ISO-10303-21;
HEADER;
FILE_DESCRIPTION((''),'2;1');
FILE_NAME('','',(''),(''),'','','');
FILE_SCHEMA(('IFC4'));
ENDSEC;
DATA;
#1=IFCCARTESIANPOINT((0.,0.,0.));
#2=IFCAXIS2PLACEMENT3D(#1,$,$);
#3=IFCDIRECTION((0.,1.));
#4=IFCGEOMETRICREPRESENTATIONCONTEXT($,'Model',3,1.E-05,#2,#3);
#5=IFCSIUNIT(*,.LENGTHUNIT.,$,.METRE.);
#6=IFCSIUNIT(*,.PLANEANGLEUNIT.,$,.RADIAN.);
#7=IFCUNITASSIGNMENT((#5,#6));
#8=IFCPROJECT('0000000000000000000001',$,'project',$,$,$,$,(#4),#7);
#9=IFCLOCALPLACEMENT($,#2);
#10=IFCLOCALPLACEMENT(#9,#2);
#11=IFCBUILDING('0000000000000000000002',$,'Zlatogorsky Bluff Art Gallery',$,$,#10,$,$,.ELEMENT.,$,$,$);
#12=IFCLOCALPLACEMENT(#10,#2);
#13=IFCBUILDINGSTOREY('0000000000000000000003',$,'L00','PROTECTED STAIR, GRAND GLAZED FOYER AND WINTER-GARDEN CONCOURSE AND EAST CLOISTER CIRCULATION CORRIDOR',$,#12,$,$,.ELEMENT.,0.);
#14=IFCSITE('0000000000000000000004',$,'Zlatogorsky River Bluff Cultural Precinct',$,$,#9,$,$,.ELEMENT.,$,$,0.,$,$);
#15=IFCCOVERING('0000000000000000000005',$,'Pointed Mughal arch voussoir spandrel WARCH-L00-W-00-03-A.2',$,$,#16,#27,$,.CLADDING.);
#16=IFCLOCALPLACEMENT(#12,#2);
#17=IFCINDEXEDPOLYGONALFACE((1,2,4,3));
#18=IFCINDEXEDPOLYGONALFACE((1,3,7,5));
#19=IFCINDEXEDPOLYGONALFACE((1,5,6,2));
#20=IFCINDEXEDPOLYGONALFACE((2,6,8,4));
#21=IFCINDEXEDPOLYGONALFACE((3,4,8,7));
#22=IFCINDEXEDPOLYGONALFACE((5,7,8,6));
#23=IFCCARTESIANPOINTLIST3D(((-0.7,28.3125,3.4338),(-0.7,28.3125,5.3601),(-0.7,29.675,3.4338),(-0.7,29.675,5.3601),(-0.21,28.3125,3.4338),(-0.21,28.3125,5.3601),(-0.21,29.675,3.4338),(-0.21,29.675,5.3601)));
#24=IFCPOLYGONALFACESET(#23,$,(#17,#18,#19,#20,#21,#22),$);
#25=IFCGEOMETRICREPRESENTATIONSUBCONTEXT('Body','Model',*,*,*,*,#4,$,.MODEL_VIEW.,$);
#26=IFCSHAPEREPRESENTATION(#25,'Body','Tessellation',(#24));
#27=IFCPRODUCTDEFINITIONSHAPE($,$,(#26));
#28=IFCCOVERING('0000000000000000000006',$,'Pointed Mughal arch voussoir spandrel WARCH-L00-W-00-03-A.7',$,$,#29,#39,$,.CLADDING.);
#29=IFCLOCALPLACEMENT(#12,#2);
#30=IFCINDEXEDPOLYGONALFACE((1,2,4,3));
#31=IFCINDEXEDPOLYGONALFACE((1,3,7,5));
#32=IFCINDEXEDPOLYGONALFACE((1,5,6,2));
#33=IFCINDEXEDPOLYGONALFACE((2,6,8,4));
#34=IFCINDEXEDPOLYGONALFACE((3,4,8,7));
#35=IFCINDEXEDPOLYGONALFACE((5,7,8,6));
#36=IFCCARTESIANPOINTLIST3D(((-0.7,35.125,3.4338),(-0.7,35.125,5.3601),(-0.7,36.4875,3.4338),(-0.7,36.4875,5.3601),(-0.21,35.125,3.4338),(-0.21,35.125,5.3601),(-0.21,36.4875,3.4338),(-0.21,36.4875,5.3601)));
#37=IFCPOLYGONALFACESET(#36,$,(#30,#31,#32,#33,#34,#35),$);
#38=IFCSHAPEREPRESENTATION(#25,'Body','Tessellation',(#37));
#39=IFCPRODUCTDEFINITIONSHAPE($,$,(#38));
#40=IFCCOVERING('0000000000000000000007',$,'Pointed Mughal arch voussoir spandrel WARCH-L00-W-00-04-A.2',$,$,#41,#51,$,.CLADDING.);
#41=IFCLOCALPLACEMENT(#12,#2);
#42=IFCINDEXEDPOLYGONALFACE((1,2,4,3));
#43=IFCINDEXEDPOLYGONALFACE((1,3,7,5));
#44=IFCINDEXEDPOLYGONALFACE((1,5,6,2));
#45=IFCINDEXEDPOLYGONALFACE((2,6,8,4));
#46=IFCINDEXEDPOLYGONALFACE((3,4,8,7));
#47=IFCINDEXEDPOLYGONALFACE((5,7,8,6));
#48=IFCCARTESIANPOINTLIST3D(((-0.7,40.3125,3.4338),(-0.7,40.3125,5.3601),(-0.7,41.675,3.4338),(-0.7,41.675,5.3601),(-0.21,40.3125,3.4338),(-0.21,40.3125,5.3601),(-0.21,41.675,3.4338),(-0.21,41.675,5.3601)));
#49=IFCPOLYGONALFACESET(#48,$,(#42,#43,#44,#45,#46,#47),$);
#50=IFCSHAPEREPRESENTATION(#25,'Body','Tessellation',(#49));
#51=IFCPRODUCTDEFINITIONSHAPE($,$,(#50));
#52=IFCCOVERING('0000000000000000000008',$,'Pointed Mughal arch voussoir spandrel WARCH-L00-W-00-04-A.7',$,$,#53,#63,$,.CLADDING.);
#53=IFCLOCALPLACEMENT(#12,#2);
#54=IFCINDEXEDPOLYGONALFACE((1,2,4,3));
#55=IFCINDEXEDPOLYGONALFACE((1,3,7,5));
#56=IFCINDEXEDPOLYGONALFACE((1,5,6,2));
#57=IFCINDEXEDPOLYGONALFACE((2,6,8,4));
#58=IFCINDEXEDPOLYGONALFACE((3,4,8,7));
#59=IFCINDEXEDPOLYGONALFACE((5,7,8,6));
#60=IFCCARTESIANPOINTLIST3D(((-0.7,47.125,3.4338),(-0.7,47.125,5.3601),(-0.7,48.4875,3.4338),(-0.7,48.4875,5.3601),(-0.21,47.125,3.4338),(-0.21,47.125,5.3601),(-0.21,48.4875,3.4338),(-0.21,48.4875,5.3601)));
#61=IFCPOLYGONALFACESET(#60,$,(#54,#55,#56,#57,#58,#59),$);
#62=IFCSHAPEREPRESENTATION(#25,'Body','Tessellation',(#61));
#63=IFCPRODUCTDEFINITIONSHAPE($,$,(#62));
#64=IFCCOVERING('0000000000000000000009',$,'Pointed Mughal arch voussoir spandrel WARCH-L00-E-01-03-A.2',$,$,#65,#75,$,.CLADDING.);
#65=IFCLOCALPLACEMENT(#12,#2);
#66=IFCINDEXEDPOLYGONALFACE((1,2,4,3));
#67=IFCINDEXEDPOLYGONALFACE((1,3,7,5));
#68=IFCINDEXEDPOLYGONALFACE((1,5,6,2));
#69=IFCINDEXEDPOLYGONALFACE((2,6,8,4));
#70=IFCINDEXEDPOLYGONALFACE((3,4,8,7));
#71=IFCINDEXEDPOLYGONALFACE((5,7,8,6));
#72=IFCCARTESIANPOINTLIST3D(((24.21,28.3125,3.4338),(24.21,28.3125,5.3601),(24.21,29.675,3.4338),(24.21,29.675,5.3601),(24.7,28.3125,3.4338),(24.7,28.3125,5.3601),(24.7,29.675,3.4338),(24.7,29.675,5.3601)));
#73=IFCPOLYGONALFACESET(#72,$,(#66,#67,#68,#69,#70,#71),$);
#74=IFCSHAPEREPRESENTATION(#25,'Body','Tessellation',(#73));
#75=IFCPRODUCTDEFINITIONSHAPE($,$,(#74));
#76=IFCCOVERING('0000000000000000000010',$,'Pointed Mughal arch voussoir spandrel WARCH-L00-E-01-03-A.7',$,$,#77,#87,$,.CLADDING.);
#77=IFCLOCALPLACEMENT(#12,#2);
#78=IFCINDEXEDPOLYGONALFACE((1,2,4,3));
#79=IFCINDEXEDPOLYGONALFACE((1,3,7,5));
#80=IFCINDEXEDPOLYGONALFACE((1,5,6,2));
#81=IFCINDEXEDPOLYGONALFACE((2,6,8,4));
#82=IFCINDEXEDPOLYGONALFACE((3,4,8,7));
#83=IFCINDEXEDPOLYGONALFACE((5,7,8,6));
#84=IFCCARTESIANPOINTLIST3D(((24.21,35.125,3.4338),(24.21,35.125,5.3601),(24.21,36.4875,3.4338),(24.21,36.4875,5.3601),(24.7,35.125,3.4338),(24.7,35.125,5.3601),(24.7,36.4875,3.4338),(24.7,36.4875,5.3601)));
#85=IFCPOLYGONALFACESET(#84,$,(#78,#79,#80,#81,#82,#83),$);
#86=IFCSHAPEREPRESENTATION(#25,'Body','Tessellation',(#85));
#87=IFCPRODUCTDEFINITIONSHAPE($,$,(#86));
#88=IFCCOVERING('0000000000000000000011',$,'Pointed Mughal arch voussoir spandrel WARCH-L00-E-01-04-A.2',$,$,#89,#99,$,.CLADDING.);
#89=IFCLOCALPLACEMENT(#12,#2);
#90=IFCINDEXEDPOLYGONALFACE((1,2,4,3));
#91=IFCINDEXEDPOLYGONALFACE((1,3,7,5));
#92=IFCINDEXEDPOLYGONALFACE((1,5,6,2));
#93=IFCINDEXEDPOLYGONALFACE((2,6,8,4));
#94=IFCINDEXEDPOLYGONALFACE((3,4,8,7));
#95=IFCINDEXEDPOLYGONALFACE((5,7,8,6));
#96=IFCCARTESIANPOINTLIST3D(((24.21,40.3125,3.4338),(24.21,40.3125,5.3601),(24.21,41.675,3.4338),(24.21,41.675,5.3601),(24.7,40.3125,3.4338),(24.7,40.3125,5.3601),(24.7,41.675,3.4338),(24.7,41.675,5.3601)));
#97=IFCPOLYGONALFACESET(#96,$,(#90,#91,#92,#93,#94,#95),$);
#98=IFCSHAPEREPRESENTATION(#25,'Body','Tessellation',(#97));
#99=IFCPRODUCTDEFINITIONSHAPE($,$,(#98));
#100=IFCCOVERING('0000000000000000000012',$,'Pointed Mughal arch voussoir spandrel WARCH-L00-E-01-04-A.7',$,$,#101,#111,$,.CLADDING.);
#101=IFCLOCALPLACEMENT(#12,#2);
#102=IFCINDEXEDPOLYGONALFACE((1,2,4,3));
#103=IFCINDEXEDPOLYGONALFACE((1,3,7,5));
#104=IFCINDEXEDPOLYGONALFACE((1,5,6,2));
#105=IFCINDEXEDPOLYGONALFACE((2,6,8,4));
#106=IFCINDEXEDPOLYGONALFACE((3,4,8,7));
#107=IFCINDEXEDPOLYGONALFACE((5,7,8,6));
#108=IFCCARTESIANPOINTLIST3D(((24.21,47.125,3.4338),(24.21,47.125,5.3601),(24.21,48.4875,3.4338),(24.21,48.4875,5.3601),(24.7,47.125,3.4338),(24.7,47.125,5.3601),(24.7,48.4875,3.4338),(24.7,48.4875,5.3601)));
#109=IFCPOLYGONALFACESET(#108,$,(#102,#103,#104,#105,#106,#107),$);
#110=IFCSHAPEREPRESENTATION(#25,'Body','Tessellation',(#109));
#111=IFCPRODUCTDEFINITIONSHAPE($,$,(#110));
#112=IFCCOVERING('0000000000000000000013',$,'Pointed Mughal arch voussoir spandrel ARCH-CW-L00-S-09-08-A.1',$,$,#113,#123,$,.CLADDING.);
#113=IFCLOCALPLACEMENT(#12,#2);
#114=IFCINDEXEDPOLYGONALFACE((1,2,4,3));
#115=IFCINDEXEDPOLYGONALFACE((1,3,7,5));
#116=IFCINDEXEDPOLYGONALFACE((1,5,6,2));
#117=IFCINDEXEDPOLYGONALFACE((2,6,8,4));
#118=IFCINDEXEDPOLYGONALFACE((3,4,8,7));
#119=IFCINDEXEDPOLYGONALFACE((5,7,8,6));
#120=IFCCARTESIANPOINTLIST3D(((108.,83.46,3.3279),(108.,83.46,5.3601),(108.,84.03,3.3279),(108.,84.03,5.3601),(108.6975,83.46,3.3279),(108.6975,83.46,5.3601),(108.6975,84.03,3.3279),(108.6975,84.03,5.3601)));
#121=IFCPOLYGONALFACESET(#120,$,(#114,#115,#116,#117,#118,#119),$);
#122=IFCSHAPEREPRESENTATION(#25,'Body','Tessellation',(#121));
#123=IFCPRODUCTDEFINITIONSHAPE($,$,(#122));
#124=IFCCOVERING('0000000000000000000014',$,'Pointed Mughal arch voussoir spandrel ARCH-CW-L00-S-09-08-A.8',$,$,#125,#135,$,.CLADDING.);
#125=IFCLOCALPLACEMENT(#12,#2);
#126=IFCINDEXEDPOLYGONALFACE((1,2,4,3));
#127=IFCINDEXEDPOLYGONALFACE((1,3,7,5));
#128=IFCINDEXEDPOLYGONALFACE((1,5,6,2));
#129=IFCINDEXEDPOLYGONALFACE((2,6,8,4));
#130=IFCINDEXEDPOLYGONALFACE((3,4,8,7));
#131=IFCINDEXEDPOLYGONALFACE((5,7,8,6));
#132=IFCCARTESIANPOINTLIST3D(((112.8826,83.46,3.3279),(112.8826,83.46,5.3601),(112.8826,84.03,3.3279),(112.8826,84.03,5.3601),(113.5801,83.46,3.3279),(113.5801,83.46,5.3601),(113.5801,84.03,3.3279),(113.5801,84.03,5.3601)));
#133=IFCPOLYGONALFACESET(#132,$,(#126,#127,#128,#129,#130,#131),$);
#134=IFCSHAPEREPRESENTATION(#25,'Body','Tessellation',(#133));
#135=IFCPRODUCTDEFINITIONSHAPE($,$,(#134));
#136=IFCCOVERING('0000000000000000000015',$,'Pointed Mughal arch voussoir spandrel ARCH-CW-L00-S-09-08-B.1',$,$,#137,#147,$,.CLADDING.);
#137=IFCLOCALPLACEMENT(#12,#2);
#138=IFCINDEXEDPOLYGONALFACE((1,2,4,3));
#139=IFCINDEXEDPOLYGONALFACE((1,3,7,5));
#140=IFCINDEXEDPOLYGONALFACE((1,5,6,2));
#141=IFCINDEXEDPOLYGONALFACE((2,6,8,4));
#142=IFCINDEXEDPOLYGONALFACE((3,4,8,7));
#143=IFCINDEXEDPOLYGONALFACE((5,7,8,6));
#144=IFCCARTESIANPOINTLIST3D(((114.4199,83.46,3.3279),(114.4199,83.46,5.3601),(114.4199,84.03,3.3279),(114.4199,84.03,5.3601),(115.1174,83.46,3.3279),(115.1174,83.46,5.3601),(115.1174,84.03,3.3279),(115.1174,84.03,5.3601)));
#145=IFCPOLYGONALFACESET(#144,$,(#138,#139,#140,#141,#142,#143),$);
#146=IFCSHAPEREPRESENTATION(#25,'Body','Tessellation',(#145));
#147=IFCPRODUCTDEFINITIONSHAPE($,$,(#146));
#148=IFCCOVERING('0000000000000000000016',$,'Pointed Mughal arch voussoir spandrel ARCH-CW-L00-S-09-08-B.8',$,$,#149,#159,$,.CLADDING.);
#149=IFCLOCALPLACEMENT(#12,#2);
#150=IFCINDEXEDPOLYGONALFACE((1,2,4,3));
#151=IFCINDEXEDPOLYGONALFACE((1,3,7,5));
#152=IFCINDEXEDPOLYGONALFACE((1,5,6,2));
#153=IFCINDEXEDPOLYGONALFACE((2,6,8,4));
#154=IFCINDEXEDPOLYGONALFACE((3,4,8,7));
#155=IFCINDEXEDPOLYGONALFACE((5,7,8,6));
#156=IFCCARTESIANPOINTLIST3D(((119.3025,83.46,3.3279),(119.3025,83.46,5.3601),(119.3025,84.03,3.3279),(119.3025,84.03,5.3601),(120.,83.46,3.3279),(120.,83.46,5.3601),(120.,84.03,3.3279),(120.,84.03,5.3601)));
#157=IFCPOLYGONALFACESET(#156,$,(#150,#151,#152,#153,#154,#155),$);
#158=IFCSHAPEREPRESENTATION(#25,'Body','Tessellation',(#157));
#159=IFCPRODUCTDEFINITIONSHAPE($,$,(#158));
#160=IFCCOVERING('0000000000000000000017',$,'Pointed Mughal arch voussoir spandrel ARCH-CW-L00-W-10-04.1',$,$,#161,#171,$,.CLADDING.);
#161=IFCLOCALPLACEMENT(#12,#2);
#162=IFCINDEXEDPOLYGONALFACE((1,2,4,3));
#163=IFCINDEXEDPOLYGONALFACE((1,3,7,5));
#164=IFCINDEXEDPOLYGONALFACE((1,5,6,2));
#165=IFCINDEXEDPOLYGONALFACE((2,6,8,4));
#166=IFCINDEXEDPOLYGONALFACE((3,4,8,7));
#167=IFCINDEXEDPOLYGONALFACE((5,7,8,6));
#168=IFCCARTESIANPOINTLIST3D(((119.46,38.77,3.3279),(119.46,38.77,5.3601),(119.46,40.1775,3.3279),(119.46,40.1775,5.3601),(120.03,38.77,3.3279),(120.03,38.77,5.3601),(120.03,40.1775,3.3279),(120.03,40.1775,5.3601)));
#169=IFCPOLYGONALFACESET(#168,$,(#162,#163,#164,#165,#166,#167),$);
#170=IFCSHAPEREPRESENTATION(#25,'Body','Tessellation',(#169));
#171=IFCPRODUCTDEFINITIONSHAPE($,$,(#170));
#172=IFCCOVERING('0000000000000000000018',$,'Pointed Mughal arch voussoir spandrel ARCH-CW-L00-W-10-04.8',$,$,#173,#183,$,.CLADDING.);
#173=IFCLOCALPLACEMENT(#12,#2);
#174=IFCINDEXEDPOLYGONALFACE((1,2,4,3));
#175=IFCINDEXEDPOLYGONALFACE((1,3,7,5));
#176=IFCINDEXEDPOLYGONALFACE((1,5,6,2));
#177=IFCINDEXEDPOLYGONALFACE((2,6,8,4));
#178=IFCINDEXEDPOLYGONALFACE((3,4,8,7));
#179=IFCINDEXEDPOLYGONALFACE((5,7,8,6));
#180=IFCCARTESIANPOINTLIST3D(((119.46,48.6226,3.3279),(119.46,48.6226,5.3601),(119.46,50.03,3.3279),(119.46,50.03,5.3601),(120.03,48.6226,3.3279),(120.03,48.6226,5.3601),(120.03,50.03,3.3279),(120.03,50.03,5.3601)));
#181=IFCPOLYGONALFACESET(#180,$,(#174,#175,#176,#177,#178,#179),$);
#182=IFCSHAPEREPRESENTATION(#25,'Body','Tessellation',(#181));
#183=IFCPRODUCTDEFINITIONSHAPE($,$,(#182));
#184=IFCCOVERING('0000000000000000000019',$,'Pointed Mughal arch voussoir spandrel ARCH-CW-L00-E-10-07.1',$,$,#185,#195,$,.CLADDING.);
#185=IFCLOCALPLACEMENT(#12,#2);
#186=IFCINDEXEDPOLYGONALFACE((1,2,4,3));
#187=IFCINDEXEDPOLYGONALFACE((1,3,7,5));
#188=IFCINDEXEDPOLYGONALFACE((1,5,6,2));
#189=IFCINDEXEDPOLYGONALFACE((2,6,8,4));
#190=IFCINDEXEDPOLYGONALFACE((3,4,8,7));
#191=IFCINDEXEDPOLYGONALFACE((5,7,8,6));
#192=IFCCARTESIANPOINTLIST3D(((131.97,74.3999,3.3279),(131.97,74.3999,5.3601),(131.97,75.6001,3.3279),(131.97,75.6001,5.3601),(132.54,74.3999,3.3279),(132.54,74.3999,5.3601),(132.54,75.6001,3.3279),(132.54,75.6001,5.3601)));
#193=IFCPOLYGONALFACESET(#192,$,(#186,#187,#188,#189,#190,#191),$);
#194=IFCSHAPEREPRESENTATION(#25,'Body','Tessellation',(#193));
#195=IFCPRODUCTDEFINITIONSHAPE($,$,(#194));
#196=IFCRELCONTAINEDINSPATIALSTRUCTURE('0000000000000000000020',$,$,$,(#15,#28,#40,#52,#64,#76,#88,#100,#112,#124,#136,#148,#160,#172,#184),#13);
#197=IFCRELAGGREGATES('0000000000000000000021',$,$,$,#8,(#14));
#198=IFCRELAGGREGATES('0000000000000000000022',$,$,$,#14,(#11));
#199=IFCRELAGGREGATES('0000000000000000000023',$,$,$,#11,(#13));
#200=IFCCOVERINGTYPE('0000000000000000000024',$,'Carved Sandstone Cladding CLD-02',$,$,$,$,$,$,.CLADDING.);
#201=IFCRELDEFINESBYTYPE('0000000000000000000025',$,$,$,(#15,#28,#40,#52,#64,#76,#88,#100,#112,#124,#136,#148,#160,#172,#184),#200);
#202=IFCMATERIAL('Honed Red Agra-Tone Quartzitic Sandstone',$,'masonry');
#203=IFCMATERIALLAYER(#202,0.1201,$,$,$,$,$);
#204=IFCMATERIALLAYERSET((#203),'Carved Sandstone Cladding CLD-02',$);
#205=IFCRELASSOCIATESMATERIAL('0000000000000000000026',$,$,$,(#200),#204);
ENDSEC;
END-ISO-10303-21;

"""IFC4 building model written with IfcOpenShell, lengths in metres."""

from ifc_helpers import new_model, si_unit, direction, frame, origin, place, context, subcontext, project, spatial, polyline, outline, extrude, material, layer, layer_set, type_object, element, save


model = new_model("IFC4")

# Units and contexts
model_context = context("Model", 3, precision=1e-05, world=origin(), true_north=direction((0.0, 1.0)))
body_context = subcontext(model_context, "Body", "Model", "MODEL_VIEW")
ifc_project = project(units=[si_unit("LENGTHUNIT", "METRE"), si_unit("PLANEANGLEUNIT", "RADIAN")], contexts=[model_context])

# Site, building, storey
site_placement = place(None, origin())
site = spatial("IfcSite", under=ifc_project, at=site_placement, Name="Zlatogorsky River Bluff Cultural Precinct", CompositionType="ELEMENT", RefElevation=0.0)
building_placement = place(site_placement, origin())
building = spatial("IfcBuilding", under=site, at=building_placement, Name="Zlatogorsky Bluff Art Gallery", CompositionType="ELEMENT")
storey_placement = place(building_placement, origin())
storey = spatial("IfcBuildingStorey", under=building, at=storey_placement, Name="L00", Description="PROTECTED STAIR, GRAND GLAZED FOYER AND WINTER-GARDEN CONCOURSE AND EAST CLOISTER CIRCULATION CORRIDOR", CompositionType="ELEMENT", Elevation=0.0)

# Coverings
ifc_material = material(Name="Honed Red Agra-Tone Quartzitic Sandstone", Category="masonry")
ifc_layer = layer(ifc_material, 0.1201)
ifc_layer_set = layer_set([ifc_layer], Name="Carved Sandstone Cladding CLD-02")
covering_type = type_object("IfcCoveringType", Name="Carved Sandstone Cladding CLD-02", PredefinedType="CLADDING", material=ifc_layer_set)
covering_1_placement = place(storey_placement, frame((0.0, 0.0, 3.4338)))
element("IfcCovering", 1, at=covering_1_placement, inside=storey, type_object=covering_type, Name="Pointed Mughal arch voussoir spandrel WARCH-L00-W-00-03-A.2", PredefinedType="CLADDING", context=body_context, shape_type="SweptSolid", body=[
    extrude(outline(polyline([(-0.7, 28.3125), (-0.7, 29.675), (-0.21, 29.675), (-0.21, 28.3125), (-0.7, 28.3125)])), origin(), (0.0, 0.0, 1.0), 1.9263),
])
covering_2_placement = place(storey_placement, frame((0.0, 0.0, 3.4338)))
element("IfcCovering", 2, at=covering_2_placement, inside=storey, type_object=covering_type, Name="Pointed Mughal arch voussoir spandrel WARCH-L00-W-00-03-A.7", PredefinedType="CLADDING", context=body_context, shape_type="SweptSolid", body=[
    extrude(outline(polyline([(-0.7, 35.125), (-0.7, 36.4875), (-0.21, 36.4875), (-0.21, 35.125), (-0.7, 35.125)])), origin(), (0.0, 0.0, 1.0), 1.9263),
])
covering_3_placement = place(storey_placement, frame((0.0, 0.0, 3.4338)))
element("IfcCovering", 3, at=covering_3_placement, inside=storey, type_object=covering_type, Name="Pointed Mughal arch voussoir spandrel WARCH-L00-W-00-04-A.2", PredefinedType="CLADDING", context=body_context, shape_type="SweptSolid", body=[
    extrude(outline(polyline([(-0.7, 40.3125), (-0.7, 41.675), (-0.21, 41.675), (-0.21, 40.3125), (-0.7, 40.3125)])), origin(), (0.0, 0.0, 1.0), 1.9263),
])
covering_4_placement = place(storey_placement, frame((0.0, 0.0, 3.4338)))
element("IfcCovering", 4, at=covering_4_placement, inside=storey, type_object=covering_type, Name="Pointed Mughal arch voussoir spandrel WARCH-L00-W-00-04-A.7", PredefinedType="CLADDING", context=body_context, shape_type="SweptSolid", body=[
    extrude(outline(polyline([(-0.7, 47.125), (-0.7, 48.4875), (-0.21, 48.4875), (-0.21, 47.125), (-0.7, 47.125)])), origin(), (0.0, 0.0, 1.0), 1.9263),
])
covering_5_placement = place(storey_placement, frame((0.0, 0.0, 3.4338)))
element("IfcCovering", 5, at=covering_5_placement, inside=storey, type_object=covering_type, Name="Pointed Mughal arch voussoir spandrel WARCH-L00-E-01-03-A.2", PredefinedType="CLADDING", context=body_context, shape_type="SweptSolid", body=[
    extrude(outline(polyline([(24.21, 28.3125), (24.21, 29.675), (24.7, 29.675), (24.7, 28.3125), (24.21, 28.3125)])), origin(), (0.0, 0.0, 1.0), 1.9263),
])
covering_6_placement = place(storey_placement, frame((0.0, 0.0, 3.4338)))
element("IfcCovering", 6, at=covering_6_placement, inside=storey, type_object=covering_type, Name="Pointed Mughal arch voussoir spandrel WARCH-L00-E-01-03-A.7", PredefinedType="CLADDING", context=body_context, shape_type="SweptSolid", body=[
    extrude(outline(polyline([(24.21, 35.125), (24.21, 36.4875), (24.7, 36.4875), (24.7, 35.125), (24.21, 35.125)])), origin(), (0.0, 0.0, 1.0), 1.9263),
])
covering_7_placement = place(storey_placement, frame((0.0, 0.0, 3.4338)))
element("IfcCovering", 7, at=covering_7_placement, inside=storey, type_object=covering_type, Name="Pointed Mughal arch voussoir spandrel WARCH-L00-E-01-04-A.2", PredefinedType="CLADDING", context=body_context, shape_type="SweptSolid", body=[
    extrude(outline(polyline([(24.21, 40.3125), (24.21, 41.675), (24.7, 41.675), (24.7, 40.3125), (24.21, 40.3125)])), origin(), (0.0, 0.0, 1.0), 1.9263),
])
covering_8_placement = place(storey_placement, frame((0.0, 0.0, 3.4338)))
element("IfcCovering", 8, at=covering_8_placement, inside=storey, type_object=covering_type, Name="Pointed Mughal arch voussoir spandrel WARCH-L00-E-01-04-A.7", PredefinedType="CLADDING", context=body_context, shape_type="SweptSolid", body=[
    extrude(outline(polyline([(24.21, 47.125), (24.21, 48.4875), (24.7, 48.4875), (24.7, 47.125), (24.21, 47.125)])), origin(), (0.0, 0.0, 1.0), 1.9263),
])
covering_9_placement = place(storey_placement, frame((0.0, 0.0, 3.3279)))
element("IfcCovering", 9, at=covering_9_placement, inside=storey, type_object=covering_type, Name="Pointed Mughal arch voussoir spandrel ARCH-CW-L00-S-09-08-A.1", PredefinedType="CLADDING", context=body_context, shape_type="SweptSolid", body=[
    extrude(outline(polyline([(108.0, 83.46), (108.6975, 83.46), (108.6975, 84.03), (108.0, 84.03), (108.0, 83.46)])), origin(), (0.0, 0.0, 1.0), 2.0322),
])
covering_10_placement = place(storey_placement, frame((0.0, 0.0, 3.3279)))
element("IfcCovering", 10, at=covering_10_placement, inside=storey, type_object=covering_type, Name="Pointed Mughal arch voussoir spandrel ARCH-CW-L00-S-09-08-A.8", PredefinedType="CLADDING", context=body_context, shape_type="SweptSolid", body=[
    extrude(outline(polyline([(112.8826, 83.46), (113.5801, 83.46), (113.5801, 84.03), (112.8826, 84.03), (112.8826, 83.46)])), origin(), (0.0, 0.0, 1.0), 2.0322),
])
covering_11_placement = place(storey_placement, frame((0.0, 0.0, 3.3279)))
element("IfcCovering", 11, at=covering_11_placement, inside=storey, type_object=covering_type, Name="Pointed Mughal arch voussoir spandrel ARCH-CW-L00-S-09-08-B.1", PredefinedType="CLADDING", context=body_context, shape_type="SweptSolid", body=[
    extrude(outline(polyline([(114.4199, 83.46), (115.1174, 83.46), (115.1174, 84.03), (114.4199, 84.03), (114.4199, 83.46)])), origin(), (0.0, 0.0, 1.0), 2.0322),
])
covering_12_placement = place(storey_placement, frame((0.0, 0.0, 3.3279)))
element("IfcCovering", 12, at=covering_12_placement, inside=storey, type_object=covering_type, Name="Pointed Mughal arch voussoir spandrel ARCH-CW-L00-S-09-08-B.8", PredefinedType="CLADDING", context=body_context, shape_type="SweptSolid", body=[
    extrude(outline(polyline([(119.3025, 83.46), (120.0, 83.46), (120.0, 84.03), (119.3025, 84.03), (119.3025, 83.46)])), origin(), (0.0, 0.0, 1.0), 2.0322),
])
covering_13_placement = place(storey_placement, frame((0.0, 0.0, 3.3279)))
element("IfcCovering", 13, at=covering_13_placement, inside=storey, type_object=covering_type, Name="Pointed Mughal arch voussoir spandrel ARCH-CW-L00-W-10-04.1", PredefinedType="CLADDING", context=body_context, shape_type="SweptSolid", body=[
    extrude(outline(polyline([(119.46, 38.77), (119.46, 40.1775), (120.03, 40.1775), (120.03, 38.77), (119.46, 38.77)])), origin(), (0.0, 0.0, 1.0), 2.0322),
])
covering_14_placement = place(storey_placement, frame((0.0, 0.0, 3.3279)))
element("IfcCovering", 14, at=covering_14_placement, inside=storey, type_object=covering_type, Name="Pointed Mughal arch voussoir spandrel ARCH-CW-L00-W-10-04.8", PredefinedType="CLADDING", context=body_context, shape_type="SweptSolid", body=[
    extrude(outline(polyline([(119.46, 48.6226), (119.46, 50.03), (120.03, 50.03), (120.03, 48.6226), (119.46, 48.6226)])), origin(), (0.0, 0.0, 1.0), 2.0322),
])
covering_15_placement = place(storey_placement, frame((0.0, 0.0, 3.3279)))
element("IfcCovering", 15, at=covering_15_placement, inside=storey, type_object=covering_type, Name="Pointed Mughal arch voussoir spandrel ARCH-CW-L00-E-10-07.1", PredefinedType="CLADDING", context=body_context, shape_type="SweptSolid", body=[
    extrude(outline(polyline([(131.97, 74.3999), (131.97, 75.6001), (132.54, 75.6001), (132.54, 74.3999), (131.97, 74.3999)])), origin(), (0.0, 0.0, 1.0), 2.0322),
])

save(model, "model.ifc")
